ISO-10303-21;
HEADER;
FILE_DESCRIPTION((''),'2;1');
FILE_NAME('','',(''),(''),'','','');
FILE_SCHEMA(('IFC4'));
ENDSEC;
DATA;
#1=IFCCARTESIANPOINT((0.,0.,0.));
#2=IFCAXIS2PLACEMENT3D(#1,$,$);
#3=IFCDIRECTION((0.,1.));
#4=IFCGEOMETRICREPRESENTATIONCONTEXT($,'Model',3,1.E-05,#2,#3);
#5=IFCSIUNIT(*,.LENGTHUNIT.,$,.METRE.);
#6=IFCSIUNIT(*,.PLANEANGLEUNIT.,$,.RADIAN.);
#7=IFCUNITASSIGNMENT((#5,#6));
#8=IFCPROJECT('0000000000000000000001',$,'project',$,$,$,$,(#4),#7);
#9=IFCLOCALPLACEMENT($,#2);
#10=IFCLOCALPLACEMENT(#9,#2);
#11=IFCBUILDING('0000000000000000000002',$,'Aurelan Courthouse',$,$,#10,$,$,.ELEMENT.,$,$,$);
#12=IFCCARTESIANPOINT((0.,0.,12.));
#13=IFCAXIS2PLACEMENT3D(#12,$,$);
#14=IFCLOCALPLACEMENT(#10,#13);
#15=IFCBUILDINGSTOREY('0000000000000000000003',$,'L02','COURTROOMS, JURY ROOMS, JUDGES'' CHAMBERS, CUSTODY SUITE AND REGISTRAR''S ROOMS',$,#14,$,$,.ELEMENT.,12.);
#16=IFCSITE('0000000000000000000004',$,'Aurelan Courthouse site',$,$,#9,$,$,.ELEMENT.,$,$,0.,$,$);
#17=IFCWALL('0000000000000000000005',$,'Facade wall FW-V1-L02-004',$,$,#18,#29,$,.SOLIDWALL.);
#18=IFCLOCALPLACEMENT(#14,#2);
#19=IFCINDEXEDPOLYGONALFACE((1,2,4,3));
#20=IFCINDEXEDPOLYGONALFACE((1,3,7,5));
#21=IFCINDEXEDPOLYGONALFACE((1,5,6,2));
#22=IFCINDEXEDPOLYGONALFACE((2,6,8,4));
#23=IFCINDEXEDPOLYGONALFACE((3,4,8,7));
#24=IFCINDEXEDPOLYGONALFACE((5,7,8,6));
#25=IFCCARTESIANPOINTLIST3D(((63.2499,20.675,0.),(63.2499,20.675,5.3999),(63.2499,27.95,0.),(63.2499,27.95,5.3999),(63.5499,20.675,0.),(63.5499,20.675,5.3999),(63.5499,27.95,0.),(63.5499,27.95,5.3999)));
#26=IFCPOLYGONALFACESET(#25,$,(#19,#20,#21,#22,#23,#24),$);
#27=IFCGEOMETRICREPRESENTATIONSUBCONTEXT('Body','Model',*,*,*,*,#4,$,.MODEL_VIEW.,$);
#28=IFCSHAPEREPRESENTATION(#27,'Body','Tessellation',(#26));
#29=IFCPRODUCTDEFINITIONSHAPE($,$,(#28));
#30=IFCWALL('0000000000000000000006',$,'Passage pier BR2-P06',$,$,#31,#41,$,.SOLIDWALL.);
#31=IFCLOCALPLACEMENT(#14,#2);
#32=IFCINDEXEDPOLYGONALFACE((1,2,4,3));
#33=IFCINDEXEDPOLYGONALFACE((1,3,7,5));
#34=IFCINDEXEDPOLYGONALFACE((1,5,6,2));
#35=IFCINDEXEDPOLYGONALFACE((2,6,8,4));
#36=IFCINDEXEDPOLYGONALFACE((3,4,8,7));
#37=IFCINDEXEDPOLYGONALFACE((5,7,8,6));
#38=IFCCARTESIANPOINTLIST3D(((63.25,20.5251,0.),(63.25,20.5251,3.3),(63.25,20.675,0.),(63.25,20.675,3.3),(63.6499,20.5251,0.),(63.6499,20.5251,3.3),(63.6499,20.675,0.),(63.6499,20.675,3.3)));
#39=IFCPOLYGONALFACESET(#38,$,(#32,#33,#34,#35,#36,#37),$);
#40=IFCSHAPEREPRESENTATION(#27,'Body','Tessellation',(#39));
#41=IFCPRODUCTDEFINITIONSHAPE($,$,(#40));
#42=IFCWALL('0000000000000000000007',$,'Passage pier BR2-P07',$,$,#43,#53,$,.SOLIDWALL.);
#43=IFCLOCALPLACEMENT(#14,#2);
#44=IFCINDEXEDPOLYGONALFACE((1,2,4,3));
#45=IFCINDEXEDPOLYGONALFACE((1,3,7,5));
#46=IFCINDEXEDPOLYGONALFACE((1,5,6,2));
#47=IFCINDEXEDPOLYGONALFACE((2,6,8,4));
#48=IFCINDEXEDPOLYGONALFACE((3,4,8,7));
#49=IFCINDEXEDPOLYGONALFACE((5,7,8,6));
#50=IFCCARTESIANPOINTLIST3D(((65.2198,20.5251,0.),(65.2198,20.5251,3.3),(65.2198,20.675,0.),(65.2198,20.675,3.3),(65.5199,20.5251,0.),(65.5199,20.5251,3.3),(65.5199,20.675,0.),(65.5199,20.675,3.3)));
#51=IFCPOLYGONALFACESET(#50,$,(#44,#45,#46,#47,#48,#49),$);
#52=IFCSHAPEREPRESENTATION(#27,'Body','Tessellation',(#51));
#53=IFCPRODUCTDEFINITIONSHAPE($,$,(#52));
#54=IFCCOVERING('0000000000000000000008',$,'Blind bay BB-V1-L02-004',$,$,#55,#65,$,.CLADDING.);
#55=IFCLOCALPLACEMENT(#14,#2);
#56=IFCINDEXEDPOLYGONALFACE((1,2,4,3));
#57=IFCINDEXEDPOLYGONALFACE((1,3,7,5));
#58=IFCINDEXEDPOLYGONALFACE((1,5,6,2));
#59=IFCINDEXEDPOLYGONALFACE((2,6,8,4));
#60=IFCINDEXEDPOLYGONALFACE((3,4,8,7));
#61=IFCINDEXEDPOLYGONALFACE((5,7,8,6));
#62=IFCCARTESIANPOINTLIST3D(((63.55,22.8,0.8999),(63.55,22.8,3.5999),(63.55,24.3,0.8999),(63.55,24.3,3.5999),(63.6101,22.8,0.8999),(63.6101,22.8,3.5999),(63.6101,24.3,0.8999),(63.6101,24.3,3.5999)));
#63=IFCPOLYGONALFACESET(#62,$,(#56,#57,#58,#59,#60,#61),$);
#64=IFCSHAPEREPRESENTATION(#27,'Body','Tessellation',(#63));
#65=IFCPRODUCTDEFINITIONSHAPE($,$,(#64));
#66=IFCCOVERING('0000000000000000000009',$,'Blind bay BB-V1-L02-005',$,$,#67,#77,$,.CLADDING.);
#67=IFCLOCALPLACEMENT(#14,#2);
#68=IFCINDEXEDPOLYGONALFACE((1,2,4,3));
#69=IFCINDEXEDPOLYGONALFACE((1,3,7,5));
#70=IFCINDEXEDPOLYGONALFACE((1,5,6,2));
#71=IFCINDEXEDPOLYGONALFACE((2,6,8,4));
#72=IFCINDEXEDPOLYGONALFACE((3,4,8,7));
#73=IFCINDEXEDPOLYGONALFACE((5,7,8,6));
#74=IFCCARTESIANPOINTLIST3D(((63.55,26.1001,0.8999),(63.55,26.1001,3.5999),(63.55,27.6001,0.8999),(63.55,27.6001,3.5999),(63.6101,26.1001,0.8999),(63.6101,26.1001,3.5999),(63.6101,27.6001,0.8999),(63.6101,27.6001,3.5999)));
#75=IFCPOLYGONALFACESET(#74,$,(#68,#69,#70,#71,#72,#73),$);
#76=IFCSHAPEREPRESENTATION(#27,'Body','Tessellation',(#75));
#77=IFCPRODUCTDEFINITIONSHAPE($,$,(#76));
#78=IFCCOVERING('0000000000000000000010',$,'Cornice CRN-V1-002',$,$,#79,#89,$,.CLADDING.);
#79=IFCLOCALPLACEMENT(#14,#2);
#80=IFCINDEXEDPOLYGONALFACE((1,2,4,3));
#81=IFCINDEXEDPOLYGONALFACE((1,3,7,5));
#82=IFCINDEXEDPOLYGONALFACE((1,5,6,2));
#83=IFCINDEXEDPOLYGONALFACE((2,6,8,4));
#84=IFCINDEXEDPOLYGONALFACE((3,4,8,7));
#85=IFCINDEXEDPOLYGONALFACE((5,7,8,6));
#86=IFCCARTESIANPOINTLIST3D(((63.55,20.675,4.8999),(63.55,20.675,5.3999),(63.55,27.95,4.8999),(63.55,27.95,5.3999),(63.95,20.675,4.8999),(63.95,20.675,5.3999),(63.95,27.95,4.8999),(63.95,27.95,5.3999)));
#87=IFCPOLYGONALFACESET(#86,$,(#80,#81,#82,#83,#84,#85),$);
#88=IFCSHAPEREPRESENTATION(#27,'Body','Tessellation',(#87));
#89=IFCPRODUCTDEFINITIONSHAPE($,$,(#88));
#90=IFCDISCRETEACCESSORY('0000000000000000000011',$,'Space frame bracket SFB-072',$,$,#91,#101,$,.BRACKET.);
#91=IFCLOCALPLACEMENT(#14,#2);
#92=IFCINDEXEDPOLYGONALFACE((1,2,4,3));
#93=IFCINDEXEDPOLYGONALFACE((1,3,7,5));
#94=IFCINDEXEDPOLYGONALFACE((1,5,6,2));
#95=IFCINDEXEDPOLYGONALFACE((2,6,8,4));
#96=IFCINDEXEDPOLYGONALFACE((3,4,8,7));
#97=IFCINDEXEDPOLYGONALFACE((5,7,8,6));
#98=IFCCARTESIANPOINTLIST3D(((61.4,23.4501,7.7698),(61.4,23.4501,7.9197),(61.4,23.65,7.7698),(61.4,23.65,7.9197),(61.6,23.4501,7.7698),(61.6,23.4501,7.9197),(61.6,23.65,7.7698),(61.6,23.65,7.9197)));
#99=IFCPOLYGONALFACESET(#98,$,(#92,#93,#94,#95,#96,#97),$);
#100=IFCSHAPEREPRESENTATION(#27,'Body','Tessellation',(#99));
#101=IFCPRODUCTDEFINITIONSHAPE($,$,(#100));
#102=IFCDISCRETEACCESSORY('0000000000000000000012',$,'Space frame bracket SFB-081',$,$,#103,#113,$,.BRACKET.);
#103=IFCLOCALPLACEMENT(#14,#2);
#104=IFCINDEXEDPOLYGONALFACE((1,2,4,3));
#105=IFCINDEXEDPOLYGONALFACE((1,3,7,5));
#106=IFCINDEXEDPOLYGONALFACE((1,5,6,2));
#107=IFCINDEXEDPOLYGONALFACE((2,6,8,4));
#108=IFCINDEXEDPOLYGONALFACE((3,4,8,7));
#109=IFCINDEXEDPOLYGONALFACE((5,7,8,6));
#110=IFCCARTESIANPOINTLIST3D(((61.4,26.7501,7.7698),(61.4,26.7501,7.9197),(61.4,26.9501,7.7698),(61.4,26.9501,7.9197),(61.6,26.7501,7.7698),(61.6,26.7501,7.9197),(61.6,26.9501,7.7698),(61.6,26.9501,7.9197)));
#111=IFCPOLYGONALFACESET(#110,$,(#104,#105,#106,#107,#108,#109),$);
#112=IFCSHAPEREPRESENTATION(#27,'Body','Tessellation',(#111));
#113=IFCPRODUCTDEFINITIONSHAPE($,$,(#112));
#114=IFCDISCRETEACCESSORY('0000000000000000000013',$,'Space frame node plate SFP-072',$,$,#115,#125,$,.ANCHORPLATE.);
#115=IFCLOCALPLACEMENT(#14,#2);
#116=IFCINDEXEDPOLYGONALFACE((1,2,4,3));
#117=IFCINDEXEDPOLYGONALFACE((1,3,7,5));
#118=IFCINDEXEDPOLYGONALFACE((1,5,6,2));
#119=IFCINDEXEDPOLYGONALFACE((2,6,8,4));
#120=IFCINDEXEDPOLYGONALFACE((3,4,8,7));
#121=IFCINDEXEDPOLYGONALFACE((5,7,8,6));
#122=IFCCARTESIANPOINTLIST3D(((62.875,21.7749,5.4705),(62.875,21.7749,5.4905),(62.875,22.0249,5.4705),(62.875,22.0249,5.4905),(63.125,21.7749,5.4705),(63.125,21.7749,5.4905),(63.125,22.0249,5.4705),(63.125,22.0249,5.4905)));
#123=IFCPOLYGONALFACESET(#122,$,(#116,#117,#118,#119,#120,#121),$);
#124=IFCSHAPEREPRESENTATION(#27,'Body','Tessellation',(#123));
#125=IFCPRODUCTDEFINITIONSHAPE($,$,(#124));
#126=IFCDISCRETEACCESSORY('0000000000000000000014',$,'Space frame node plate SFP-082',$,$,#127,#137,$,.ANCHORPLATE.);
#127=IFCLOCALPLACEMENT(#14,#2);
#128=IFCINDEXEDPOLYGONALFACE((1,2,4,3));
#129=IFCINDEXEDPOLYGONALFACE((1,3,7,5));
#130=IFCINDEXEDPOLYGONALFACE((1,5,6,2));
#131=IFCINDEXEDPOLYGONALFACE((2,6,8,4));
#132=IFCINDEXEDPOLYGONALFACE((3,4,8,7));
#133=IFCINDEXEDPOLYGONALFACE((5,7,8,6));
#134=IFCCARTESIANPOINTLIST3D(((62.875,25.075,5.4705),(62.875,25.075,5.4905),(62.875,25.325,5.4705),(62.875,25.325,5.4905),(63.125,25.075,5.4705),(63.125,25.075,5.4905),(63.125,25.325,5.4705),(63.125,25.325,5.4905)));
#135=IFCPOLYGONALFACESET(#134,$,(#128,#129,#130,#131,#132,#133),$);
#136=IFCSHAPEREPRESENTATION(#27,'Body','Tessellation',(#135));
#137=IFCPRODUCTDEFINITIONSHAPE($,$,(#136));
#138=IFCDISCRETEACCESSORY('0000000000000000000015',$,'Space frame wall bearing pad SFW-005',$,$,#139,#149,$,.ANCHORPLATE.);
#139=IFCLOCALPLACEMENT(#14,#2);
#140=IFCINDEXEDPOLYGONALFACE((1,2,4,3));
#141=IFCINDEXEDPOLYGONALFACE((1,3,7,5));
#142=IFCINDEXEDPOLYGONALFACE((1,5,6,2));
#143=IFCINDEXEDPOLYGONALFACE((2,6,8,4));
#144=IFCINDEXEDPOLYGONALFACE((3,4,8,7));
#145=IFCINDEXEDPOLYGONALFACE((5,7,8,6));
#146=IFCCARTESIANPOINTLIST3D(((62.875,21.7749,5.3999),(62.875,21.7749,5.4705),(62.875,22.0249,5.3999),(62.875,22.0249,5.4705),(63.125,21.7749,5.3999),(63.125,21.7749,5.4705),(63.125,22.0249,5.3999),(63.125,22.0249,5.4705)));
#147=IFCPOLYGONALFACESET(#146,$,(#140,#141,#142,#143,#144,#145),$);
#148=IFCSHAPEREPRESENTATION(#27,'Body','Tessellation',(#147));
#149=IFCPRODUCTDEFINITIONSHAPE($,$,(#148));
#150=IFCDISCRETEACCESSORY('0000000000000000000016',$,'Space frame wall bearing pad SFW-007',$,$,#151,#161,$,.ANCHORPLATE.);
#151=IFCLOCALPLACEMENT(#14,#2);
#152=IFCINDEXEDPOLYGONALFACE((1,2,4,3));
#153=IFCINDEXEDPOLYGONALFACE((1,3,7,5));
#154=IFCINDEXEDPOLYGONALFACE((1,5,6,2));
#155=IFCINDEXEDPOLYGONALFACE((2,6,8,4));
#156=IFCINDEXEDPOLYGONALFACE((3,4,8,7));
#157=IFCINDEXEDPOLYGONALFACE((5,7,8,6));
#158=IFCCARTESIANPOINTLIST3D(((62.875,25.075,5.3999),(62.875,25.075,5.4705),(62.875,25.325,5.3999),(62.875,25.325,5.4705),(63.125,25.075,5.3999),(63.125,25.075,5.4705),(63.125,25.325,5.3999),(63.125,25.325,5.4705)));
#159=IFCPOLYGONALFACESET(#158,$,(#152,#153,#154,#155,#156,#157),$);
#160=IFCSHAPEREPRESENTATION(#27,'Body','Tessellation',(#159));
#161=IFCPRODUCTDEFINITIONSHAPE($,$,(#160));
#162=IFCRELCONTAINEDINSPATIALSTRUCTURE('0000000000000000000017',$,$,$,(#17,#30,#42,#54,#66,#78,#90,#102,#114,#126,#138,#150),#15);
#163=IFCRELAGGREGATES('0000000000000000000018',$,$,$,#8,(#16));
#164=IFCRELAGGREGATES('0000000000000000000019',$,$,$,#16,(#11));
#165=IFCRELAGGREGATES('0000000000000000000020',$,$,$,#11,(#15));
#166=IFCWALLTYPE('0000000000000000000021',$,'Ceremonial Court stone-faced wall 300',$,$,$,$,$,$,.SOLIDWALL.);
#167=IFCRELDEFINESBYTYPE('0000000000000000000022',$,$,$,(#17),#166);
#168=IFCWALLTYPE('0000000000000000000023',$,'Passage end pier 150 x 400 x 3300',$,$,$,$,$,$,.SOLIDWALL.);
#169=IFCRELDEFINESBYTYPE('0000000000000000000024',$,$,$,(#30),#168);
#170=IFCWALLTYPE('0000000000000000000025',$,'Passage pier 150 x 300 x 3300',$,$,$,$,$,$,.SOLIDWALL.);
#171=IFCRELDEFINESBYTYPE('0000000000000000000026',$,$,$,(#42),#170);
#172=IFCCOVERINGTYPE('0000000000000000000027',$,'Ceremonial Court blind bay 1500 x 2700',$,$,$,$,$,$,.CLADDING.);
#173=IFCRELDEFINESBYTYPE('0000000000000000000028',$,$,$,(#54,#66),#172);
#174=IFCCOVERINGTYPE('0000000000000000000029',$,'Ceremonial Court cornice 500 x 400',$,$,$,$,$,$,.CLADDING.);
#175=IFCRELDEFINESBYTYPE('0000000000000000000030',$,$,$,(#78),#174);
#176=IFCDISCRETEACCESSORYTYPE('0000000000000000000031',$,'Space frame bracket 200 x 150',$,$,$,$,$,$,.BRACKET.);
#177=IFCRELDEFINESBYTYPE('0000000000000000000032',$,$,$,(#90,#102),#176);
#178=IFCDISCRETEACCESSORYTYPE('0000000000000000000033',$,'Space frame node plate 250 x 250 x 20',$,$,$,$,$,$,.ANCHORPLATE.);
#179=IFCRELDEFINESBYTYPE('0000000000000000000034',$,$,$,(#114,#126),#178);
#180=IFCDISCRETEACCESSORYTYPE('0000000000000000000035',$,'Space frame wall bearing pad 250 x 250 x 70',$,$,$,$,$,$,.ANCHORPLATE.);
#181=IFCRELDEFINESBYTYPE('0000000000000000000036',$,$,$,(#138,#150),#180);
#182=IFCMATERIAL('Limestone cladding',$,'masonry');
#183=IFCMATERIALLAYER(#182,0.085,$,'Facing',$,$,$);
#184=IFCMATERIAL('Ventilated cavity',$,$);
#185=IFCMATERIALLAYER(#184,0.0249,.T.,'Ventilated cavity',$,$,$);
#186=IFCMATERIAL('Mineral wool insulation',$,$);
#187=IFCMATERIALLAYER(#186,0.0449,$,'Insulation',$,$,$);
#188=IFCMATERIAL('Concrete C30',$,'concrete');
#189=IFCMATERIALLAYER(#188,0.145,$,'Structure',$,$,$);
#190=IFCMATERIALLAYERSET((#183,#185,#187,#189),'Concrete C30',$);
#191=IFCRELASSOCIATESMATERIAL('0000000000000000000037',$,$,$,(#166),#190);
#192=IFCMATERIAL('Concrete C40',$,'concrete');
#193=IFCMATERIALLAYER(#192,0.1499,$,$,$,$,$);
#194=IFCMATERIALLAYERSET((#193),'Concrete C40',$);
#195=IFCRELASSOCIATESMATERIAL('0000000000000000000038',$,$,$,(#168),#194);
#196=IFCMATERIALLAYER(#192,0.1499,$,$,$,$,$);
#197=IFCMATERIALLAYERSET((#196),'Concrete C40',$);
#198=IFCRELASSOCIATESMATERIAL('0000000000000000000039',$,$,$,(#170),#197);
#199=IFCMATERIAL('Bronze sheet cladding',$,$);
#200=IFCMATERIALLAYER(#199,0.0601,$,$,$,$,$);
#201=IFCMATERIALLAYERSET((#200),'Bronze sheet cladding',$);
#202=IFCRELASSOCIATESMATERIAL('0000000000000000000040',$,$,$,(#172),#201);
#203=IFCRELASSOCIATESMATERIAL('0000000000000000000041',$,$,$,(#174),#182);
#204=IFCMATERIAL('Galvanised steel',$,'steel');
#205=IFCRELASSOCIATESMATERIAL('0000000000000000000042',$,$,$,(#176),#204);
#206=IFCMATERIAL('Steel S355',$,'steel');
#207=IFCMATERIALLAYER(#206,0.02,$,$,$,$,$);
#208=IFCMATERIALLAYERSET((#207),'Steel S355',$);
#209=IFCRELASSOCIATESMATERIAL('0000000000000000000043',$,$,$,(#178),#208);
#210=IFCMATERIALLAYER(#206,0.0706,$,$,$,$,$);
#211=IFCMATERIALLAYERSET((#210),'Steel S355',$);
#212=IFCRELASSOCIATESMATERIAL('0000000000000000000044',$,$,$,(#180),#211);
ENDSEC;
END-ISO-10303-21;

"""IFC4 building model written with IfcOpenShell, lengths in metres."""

from ifc_helpers import new_model, si_unit, direction, frame, frame_2d, origin, origin_2d, place, context, subcontext, project, spatial, rectangle, extrude, material, layer, layer_set, type_object, element, save


model = new_model("IFC4")

# Units and contexts
model_context = context("Model", 3, precision=1e-05, world=origin(), true_north=direction((0.0, 1.0)))
body_context = subcontext(model_context, "Body", "Model", "MODEL_VIEW")
ifc_project = project(units=[si_unit("LENGTHUNIT", "METRE"), si_unit("PLANEANGLEUNIT", "RADIAN")], contexts=[model_context])

# Site, building, storey
site_placement = place(None, origin())
site = spatial("IfcSite", under=ifc_project, at=site_placement, Name="Aurelan Courthouse site", CompositionType="ELEMENT", RefElevation=0.0)
building_placement = place(site_placement, origin())
building = spatial("IfcBuilding", under=site, at=building_placement, Name="Aurelan Courthouse", CompositionType="ELEMENT")
storey_placement = place(building_placement, frame((0.0, 0.0, 12.0)))
storey = spatial("IfcBuildingStorey", under=building, at=storey_placement, Name="L02", Description="COURTROOMS, JURY ROOMS, JUDGES' CHAMBERS, CUSTODY SUITE AND REGISTRAR'S ROOMS", CompositionType="ELEMENT", Elevation=12.0)

# Shared definitions
ifc_material_1 = material(Name="Steel S355", Category="steel")

# Shared definitions
ifc_material_2 = material(Name="Concrete C40", Category="concrete")

# Walls
ifc_material_3 = material(Name="Limestone cladding", Category="masonry")
ifc_layer_1 = layer(ifc_material_3, 0.085, Name="Facing")
ifc_material_4 = material(Name="Ventilated cavity")
ifc_layer_2 = layer(ifc_material_4, 0.0249, ventilated=True, Name="Ventilated cavity")
ifc_material_5 = material(Name="Mineral wool insulation")
ifc_layer_3 = layer(ifc_material_5, 0.0449, Name="Insulation")
ifc_material_6 = material(Name="Concrete C30", Category="concrete")
ifc_layer_4 = layer(ifc_material_6, 0.145, Name="Structure")
ifc_layer_set_1 = layer_set([ifc_layer_1, ifc_layer_2, ifc_layer_3, ifc_layer_4], Name="Concrete C30")
wall_type_1 = type_object("IfcWallType", Name="Ceremonial Court stone-faced wall 300", PredefinedType="SOLIDWALL", material=ifc_layer_set_1)
wall_1_placement = place(storey_placement, frame((63.3999, 20.675, 0.0), z_axis=(0.0, 0.0, 1.0), x_axis=(0.0, 1.0, 0.0)))
element("IfcWall", 1, at=wall_1_placement, inside=storey, type_object=wall_type_1, Name="Facade wall FW-V1-L02-004", PredefinedType="SOLIDWALL", context=body_context, shape_type="SweptSolid", body=[
    extrude(rectangle(XDim=7.2749, YDim=0.3, at=frame_2d((3.6375, 0.0))), origin(), (0.0, 0.0, 1.0), 5.3999),
])
ifc_layer_5 = layer(ifc_material_2, 0.1499)
ifc_layer_set_2 = layer_set([ifc_layer_5], Name="Concrete C40")
wall_type_2 = type_object("IfcWallType", Name="Passage end pier 150 x 400 x 3300", PredefinedType="SOLIDWALL", material=ifc_layer_set_2)
wall_2_placement = place(storey_placement, frame((63.25, 20.6001, 0.0), z_axis=(0.0, 0.0, 1.0), x_axis=(1.0, 0.0, 0.0)))
element("IfcWall", 2, at=wall_2_placement, inside=storey, type_object=wall_type_2, Name="Passage pier BR2-P06", PredefinedType="SOLIDWALL", context=body_context, shape_type="SweptSolid", body=[
    extrude(rectangle(XDim=0.3999, YDim=0.1499, at=frame_2d((0.2, 0.0))), origin(), (0.0, 0.0, 1.0), 3.3),
])
ifc_layer_6 = layer(ifc_material_2, 0.1499)
ifc_layer_set_3 = layer_set([ifc_layer_6], Name="Concrete C40")
wall_type_3 = type_object("IfcWallType", Name="Passage pier 150 x 300 x 3300", PredefinedType="SOLIDWALL", material=ifc_layer_set_3)
wall_3_placement = place(storey_placement, frame((65.22, 20.6001, 0.0), z_axis=(0.0, 0.0, 1.0), x_axis=(1.0, 0.0, 0.0)))
element("IfcWall", 3, at=wall_3_placement, inside=storey, type_object=wall_type_3, Name="Passage pier BR2-P07", PredefinedType="SOLIDWALL", context=body_context, shape_type="SweptSolid", body=[
    extrude(rectangle(XDim=0.3, YDim=0.1499, at=frame_2d((0.1499, 0.0))), origin(), (0.0, 0.0, 1.0), 3.3),
])

# Coverings
ifc_material_7 = material(Name="Bronze sheet cladding")
ifc_layer_7 = layer(ifc_material_7, 0.0601)
ifc_layer_set_4 = layer_set([ifc_layer_7], Name="Bronze sheet cladding")
covering_type_1 = type_object("IfcCoveringType", Name="Ceremonial Court blind bay 1500 x 2700", PredefinedType="CLADDING", material=ifc_layer_set_4)
for number, where, z_axis, x_axis, name in (
    (4, (63.5801, 23.55, 0.8999), (0.0, 0.0, 1.0), (1.0, 0.0, 0.0), "Blind bay BB-V1-L02-004"),
    (5, (63.5801, 26.8501, 0.8999), (0.0, 0.0, 1.0), (1.0, 0.0, 0.0), "Blind bay BB-V1-L02-005"),
):
    element("IfcCovering", number, at=place(storey_placement, frame(where, z_axis=z_axis, x_axis=x_axis)), inside=storey, type_object=covering_type_1, Name=name, PredefinedType="CLADDING", context=body_context, shape_type="SweptSolid", body=[
        extrude(rectangle(XDim=0.0601, YDim=1.5, at=origin_2d()), origin(), (0.0, 0.0, 1.0), 2.7),
    ])
covering_type_2 = type_object("IfcCoveringType", Name="Ceremonial Court cornice 500 x 400", PredefinedType="CLADDING", material=ifc_material_3)
covering_placement = place(storey_placement, frame((63.75, 24.3125, 4.8999), z_axis=(0.0, 0.0, 1.0), x_axis=(1.0, 0.0, 0.0)))
element("IfcCovering", 6, at=covering_placement, inside=storey, type_object=covering_type_2, Name="Cornice CRN-V1-002", PredefinedType="CLADDING", context=body_context, shape_type="SweptSolid", body=[
    extrude(rectangle(XDim=0.3999, YDim=7.2749, at=origin_2d()), origin(), (0.0, 0.0, 1.0), 0.5),
])

# Discrete accessories
ifc_material_8 = material(Name="Galvanised steel", Category="steel")
discrete_accessory_type_1 = type_object("IfcDiscreteAccessoryType", Name="Space frame bracket 200 x 150", PredefinedType="BRACKET", material=ifc_material_8)
for number, where, z_axis, x_axis, name in (
    (7, (61.5, 23.55, 7.7698), (0.0, 0.0, 1.0), (1.0, 0.0, 0.0), "Space frame bracket SFB-072"),
    (8, (61.5, 26.8501, 7.7698), (0.0, 0.0, 1.0), (1.0, 0.0, 0.0), "Space frame bracket SFB-081"),
):
    element("IfcDiscreteAccessory", number, at=place(storey_placement, frame(where, z_axis=z_axis, x_axis=x_axis)), inside=storey, type_object=discrete_accessory_type_1, Name=name, PredefinedType="BRACKET", context=body_context, shape_type="SweptSolid", body=[
        extrude(rectangle(XDim=0.2, YDim=0.2, at=origin_2d()), origin(), (0.0, 0.0, 1.0), 0.1499),
    ])
ifc_layer_8 = layer(ifc_material_1, 0.02)
ifc_layer_set_5 = layer_set([ifc_layer_8], Name="Steel S355")
discrete_accessory_type_2 = type_object("IfcDiscreteAccessoryType", Name="Space frame node plate 250 x 250 x 20", PredefinedType="ANCHORPLATE", material=ifc_layer_set_5)
for number, where, z_axis, x_axis, name in (
    (9, (63.0, 21.8999, 5.4705), (0.0, 0.0, 1.0), (1.0, 0.0, 0.0), "Space frame node plate SFP-072"),
    (10, (63.0, 25.2, 5.4705), (0.0, 0.0, 1.0), (1.0, 0.0, 0.0), "Space frame node plate SFP-082"),
):
    element("IfcDiscreteAccessory", number, at=place(storey_placement, frame(where, z_axis=z_axis, x_axis=x_axis)), inside=storey, type_object=discrete_accessory_type_2, Name=name, PredefinedType="ANCHORPLATE", context=body_context, shape_type="SweptSolid", body=[
        extrude(rectangle(XDim=0.25, YDim=0.25, at=origin_2d()), origin(), (0.0, 0.0, 1.0), 0.02),
    ])
ifc_layer_9 = layer(ifc_material_1, 0.0706)
ifc_layer_set_6 = layer_set([ifc_layer_9], Name="Steel S355")
discrete_accessory_type_3 = type_object("IfcDiscreteAccessoryType", Name="Space frame wall bearing pad 250 x 250 x 70", PredefinedType="ANCHORPLATE", material=ifc_layer_set_6)
for number, where, z_axis, x_axis, name in (
    (11, (63.0, 21.8999, 5.3999), (0.0, 0.0, 1.0), (1.0, 0.0, 0.0), "Space frame wall bearing pad SFW-005"),
    (12, (63.0, 25.2, 5.3999), (0.0, 0.0, 1.0), (1.0, 0.0, 0.0), "Space frame wall bearing pad SFW-007"),
):
    element("IfcDiscreteAccessory", number, at=place(storey_placement, frame(where, z_axis=z_axis, x_axis=x_axis)), inside=storey, type_object=discrete_accessory_type_3, Name=name, PredefinedType="ANCHORPLATE", context=body_context, shape_type="SweptSolid", body=[
        extrude(rectangle(XDim=0.25, YDim=0.25, at=origin_2d()), origin(), (0.0, 0.0, 1.0), 0.0706),
    ])

save(model, "model.ifc")
